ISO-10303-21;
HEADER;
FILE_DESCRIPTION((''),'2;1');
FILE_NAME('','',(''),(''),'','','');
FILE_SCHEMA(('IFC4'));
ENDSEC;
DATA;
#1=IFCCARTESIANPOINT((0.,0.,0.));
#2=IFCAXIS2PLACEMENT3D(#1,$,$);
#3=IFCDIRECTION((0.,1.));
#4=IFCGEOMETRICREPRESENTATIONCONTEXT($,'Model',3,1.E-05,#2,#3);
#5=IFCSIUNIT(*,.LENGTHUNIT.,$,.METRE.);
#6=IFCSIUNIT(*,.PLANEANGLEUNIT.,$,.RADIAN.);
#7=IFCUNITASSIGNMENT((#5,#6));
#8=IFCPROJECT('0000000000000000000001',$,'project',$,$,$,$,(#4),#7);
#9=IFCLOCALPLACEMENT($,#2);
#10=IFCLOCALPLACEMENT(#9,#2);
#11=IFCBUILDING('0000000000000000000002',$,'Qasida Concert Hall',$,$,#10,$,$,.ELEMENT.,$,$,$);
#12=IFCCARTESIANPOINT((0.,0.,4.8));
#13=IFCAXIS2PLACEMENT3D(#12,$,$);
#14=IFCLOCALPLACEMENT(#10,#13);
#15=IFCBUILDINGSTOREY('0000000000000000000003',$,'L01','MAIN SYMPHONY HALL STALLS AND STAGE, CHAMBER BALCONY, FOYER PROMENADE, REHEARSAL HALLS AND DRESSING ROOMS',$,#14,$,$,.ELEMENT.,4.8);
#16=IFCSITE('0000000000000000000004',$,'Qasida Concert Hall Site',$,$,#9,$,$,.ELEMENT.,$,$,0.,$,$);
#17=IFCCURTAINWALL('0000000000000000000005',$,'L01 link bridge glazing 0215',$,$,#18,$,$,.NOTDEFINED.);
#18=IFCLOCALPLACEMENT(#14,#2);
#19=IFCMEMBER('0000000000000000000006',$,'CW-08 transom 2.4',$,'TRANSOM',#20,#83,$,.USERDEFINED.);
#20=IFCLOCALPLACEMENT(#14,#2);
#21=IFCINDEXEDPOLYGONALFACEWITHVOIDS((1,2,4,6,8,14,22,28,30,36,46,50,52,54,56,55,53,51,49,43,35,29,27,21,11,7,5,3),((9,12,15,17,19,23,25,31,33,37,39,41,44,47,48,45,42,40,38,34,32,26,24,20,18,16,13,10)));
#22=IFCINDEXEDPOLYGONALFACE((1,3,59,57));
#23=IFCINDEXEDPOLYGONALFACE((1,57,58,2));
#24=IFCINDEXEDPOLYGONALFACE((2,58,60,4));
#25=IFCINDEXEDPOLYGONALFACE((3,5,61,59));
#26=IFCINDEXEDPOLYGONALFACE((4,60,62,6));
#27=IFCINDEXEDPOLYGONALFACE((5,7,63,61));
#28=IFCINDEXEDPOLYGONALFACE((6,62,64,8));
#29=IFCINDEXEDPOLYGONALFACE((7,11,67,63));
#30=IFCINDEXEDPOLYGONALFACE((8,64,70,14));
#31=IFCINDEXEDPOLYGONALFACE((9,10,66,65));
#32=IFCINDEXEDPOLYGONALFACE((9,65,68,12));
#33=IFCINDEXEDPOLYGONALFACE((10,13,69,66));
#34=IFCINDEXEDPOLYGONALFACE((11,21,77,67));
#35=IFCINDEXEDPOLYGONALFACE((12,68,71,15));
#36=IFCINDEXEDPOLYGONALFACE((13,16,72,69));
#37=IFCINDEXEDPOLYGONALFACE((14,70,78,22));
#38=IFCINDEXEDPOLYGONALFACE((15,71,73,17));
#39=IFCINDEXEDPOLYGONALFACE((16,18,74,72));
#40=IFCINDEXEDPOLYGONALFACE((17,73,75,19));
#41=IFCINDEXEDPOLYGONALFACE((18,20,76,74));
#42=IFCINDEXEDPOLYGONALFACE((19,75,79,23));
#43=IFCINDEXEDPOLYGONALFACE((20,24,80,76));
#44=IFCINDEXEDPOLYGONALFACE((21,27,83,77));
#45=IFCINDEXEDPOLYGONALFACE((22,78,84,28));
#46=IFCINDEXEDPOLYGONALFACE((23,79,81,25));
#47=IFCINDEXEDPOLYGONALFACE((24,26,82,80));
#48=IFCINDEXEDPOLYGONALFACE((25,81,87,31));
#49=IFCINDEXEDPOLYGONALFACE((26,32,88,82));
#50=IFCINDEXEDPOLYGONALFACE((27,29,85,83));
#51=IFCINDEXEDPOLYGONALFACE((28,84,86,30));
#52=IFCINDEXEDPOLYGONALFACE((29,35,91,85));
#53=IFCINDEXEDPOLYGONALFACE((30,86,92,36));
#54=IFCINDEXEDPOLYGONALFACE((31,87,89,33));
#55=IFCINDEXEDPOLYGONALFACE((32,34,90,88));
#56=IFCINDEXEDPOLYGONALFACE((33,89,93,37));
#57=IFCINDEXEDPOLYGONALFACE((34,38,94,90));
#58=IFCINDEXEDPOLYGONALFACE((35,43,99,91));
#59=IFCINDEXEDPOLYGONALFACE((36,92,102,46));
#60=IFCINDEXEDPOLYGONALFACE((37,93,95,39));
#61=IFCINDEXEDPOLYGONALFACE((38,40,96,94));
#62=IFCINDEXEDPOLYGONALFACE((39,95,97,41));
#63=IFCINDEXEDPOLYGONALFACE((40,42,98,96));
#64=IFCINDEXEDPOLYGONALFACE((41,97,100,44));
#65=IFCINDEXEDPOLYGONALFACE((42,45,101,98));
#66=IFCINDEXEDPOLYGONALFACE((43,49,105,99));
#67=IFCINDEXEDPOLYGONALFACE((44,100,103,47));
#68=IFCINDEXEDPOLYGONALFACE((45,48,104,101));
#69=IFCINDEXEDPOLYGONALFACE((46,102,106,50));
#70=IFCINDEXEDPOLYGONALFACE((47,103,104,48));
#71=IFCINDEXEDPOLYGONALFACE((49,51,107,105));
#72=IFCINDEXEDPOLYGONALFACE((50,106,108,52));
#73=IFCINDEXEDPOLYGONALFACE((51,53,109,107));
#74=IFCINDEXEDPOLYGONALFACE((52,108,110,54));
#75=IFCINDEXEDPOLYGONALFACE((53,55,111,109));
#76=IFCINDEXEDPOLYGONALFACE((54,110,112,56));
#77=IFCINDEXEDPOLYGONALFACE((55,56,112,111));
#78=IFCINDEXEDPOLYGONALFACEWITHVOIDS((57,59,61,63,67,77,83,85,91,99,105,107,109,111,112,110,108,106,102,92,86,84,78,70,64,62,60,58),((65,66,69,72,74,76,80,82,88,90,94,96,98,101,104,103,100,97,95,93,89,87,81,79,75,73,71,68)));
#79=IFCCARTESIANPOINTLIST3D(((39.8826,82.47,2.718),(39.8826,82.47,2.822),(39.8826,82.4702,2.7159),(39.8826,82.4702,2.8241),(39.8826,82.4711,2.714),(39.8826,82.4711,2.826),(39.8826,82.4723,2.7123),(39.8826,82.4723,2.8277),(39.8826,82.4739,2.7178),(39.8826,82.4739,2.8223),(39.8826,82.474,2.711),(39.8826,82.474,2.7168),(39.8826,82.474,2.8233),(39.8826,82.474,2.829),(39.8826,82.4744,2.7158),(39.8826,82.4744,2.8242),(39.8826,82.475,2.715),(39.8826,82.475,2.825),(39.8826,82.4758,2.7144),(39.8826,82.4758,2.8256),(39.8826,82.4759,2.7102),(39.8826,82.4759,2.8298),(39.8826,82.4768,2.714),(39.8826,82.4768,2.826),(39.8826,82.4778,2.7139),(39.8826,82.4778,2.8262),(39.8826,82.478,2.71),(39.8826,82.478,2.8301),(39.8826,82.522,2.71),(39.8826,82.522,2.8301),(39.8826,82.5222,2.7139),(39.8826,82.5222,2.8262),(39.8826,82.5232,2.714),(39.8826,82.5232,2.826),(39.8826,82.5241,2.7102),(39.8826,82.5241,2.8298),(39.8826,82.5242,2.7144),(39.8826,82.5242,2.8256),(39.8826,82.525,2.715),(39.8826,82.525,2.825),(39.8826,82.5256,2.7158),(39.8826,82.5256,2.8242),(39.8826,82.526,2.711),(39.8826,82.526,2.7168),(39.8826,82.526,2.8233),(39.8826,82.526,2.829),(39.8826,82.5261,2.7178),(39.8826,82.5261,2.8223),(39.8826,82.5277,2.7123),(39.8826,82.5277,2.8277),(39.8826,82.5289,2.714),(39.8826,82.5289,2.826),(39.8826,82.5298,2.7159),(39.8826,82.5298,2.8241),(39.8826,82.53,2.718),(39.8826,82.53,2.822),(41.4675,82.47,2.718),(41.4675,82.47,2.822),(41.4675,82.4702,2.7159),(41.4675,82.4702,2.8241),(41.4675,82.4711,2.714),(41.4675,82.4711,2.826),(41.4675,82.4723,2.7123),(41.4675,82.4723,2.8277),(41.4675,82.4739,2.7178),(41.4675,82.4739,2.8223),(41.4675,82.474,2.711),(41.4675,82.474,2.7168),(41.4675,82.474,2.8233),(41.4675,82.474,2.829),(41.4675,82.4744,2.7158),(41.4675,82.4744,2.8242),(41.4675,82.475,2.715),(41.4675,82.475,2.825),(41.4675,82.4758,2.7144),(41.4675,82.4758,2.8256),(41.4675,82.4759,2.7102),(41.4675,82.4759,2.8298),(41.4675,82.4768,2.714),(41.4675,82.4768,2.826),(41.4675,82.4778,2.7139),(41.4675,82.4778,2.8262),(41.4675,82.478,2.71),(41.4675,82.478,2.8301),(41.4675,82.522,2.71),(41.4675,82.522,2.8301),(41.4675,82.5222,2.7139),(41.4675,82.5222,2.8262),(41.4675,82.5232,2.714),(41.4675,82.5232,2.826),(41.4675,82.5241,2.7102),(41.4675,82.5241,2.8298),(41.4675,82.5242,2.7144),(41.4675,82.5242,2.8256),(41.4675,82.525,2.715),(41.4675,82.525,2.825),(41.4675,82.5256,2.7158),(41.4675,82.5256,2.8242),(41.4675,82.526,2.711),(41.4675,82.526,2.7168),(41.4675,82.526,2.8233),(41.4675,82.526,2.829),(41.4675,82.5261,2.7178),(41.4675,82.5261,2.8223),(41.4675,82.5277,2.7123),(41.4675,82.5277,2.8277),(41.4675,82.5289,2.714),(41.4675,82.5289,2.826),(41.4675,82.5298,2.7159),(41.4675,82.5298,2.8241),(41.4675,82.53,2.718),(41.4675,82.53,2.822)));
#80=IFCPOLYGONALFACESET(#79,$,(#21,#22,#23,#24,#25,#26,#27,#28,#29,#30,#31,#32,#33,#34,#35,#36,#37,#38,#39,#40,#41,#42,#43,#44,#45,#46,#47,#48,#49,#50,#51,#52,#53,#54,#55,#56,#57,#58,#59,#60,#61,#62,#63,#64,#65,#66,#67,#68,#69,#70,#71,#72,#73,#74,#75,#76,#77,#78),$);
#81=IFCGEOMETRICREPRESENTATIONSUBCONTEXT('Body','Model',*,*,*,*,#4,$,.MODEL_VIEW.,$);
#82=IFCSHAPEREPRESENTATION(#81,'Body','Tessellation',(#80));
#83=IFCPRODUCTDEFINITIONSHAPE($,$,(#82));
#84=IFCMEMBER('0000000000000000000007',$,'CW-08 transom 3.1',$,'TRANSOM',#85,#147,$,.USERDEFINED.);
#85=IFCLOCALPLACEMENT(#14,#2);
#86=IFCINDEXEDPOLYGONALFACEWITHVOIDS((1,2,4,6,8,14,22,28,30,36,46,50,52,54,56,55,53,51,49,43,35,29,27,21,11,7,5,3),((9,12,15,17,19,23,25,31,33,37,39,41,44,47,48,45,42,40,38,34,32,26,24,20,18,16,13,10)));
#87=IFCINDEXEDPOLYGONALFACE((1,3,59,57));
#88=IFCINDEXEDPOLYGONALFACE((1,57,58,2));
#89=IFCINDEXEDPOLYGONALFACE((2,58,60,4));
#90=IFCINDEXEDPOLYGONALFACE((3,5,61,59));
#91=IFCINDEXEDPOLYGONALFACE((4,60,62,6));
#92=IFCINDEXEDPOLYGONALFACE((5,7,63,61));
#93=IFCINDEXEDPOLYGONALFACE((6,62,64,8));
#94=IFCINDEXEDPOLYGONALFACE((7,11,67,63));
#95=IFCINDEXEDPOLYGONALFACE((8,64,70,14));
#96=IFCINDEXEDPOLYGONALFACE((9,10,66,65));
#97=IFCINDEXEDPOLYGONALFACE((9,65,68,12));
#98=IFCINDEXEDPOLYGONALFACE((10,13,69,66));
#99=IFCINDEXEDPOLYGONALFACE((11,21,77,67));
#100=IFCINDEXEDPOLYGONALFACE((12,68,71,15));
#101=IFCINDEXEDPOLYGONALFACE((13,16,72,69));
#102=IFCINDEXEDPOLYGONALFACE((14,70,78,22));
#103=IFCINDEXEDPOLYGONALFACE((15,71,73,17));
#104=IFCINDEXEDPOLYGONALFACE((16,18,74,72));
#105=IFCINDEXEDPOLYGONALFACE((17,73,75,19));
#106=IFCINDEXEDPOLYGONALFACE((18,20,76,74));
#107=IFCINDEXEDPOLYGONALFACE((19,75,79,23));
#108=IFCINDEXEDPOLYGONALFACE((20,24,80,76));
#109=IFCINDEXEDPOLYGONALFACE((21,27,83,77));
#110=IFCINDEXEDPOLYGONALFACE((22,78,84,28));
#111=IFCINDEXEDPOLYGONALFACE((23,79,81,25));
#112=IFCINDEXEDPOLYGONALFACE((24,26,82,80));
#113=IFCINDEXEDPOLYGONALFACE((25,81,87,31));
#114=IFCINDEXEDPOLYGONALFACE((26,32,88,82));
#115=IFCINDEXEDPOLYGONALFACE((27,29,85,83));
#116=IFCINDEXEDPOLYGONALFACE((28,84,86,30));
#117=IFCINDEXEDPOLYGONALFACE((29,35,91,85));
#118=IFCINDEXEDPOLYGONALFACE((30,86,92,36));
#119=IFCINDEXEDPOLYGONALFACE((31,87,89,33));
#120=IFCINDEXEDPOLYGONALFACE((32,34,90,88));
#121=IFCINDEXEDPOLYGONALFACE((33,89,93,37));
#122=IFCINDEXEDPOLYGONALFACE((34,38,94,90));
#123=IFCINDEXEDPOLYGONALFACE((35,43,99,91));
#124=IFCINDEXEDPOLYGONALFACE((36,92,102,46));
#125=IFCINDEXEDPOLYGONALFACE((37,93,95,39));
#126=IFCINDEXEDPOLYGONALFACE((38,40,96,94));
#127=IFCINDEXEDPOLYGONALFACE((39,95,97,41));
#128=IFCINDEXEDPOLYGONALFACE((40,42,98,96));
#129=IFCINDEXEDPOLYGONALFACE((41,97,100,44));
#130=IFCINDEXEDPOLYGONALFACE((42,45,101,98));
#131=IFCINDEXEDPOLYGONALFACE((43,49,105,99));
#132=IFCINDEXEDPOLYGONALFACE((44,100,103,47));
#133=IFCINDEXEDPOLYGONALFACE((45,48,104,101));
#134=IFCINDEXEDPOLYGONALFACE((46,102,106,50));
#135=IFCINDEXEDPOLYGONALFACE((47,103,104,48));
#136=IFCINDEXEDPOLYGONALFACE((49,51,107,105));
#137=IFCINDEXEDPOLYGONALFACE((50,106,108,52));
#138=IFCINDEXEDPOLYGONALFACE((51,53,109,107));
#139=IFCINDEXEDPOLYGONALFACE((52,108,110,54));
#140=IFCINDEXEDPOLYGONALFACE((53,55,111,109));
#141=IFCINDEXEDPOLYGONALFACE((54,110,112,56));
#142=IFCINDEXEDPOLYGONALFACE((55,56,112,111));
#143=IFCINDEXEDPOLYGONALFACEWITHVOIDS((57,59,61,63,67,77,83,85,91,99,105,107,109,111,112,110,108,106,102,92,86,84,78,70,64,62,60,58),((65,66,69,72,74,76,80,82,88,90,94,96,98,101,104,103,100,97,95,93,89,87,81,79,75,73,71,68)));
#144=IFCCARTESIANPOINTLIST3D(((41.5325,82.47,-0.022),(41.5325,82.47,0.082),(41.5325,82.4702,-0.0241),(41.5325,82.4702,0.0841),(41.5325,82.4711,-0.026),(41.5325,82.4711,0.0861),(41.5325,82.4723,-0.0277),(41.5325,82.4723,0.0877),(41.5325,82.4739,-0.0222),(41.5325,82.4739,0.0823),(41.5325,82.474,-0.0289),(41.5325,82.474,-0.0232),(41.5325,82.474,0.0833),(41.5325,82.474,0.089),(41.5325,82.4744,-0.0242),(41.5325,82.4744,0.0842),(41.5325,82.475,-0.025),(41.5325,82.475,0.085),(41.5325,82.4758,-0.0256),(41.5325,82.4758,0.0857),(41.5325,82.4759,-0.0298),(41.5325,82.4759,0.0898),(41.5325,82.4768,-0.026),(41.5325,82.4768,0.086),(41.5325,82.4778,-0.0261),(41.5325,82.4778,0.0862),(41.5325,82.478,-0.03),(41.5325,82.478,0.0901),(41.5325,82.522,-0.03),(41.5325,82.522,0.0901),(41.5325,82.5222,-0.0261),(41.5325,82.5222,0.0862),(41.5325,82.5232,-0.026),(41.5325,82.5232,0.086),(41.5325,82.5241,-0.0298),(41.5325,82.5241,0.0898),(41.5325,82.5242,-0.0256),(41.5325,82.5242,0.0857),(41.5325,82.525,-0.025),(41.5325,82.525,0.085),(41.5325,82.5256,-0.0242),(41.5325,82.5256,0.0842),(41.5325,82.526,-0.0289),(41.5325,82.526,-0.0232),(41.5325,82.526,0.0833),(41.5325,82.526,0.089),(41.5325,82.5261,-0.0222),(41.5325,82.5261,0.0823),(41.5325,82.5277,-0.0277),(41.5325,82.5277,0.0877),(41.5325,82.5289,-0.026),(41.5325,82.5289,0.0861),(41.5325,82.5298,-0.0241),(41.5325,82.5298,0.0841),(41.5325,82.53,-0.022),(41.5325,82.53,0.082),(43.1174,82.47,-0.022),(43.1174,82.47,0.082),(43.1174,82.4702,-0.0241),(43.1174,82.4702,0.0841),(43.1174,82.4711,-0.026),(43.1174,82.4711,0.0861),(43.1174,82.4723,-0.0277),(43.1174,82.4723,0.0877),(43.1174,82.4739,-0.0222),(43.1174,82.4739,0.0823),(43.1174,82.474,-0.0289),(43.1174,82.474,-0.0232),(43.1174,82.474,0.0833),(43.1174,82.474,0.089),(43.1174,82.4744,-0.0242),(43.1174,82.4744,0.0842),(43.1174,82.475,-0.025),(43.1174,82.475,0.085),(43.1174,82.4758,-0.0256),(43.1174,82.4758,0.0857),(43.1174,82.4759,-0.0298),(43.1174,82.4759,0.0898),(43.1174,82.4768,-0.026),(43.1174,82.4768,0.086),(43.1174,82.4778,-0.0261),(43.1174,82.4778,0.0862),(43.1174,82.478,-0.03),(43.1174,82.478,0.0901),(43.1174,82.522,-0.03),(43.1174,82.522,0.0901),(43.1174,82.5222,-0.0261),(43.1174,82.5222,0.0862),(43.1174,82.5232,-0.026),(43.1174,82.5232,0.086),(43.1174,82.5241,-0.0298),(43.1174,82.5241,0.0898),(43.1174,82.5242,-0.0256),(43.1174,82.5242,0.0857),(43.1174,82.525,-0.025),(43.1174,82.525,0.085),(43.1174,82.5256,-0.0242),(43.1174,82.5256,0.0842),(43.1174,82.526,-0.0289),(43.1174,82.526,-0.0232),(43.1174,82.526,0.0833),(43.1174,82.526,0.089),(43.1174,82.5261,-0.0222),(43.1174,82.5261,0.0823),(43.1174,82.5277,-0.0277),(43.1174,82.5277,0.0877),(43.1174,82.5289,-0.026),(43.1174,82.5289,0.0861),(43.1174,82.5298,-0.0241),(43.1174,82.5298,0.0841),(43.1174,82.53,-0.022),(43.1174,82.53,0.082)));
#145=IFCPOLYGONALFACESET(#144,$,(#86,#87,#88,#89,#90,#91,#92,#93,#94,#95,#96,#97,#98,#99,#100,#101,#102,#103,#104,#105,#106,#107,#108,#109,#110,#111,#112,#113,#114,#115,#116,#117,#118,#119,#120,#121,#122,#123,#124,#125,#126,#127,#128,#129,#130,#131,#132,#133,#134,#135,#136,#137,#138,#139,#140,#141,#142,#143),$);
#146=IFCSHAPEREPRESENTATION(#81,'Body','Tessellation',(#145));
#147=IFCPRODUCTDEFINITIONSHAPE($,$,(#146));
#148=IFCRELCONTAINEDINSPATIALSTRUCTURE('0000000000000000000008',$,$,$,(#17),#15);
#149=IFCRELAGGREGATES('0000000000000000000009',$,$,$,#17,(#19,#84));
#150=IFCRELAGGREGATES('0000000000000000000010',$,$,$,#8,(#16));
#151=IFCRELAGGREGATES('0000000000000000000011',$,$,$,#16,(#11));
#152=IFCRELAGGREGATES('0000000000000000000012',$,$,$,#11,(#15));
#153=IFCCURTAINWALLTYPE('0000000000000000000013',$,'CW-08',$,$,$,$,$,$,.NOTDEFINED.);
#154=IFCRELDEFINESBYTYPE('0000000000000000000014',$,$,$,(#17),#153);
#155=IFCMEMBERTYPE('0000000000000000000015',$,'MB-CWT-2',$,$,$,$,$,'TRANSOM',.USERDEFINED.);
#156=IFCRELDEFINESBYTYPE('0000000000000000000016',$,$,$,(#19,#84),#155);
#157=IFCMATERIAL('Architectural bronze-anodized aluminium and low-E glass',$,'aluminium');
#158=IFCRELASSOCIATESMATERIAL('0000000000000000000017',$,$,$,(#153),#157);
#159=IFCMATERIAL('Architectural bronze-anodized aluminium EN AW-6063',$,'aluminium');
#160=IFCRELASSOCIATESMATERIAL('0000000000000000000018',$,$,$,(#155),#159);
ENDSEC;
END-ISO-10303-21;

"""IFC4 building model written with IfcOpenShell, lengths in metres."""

from ifc_helpers import new_model, si_unit, direction, frame, origin, origin_2d, place, context, subcontext, project, spatial, hollow_rectangle, extrude, material, material_profile, profile_set, type_object, element, aggregate, save


model = new_model("IFC4")

# Units and contexts
model_context = context("Model", 3, precision=1e-05, world=origin(), true_north=direction((0.0, 1.0)))
body_context = subcontext(model_context, "Body", "Model", "MODEL_VIEW")
ifc_project = project(units=[si_unit("LENGTHUNIT", "METRE"), si_unit("PLANEANGLEUNIT", "RADIAN")], contexts=[model_context])

# Site, building, storey
site_placement = place(None, origin())
site = spatial("IfcSite", under=ifc_project, at=site_placement, Name="Qasida Concert Hall Site", CompositionType="ELEMENT", RefElevation=0.0)
building_placement = place(site_placement, origin())
building = spatial("IfcBuilding", under=site, at=building_placement, Name="Qasida Concert Hall", CompositionType="ELEMENT")
storey_placement = place(building_placement, frame((0.0, 0.0, 4.8)))
storey = spatial("IfcBuildingStorey", under=building, at=storey_placement, Name="L01", Description="MAIN SYMPHONY HALL STALLS AND STAGE, CHAMBER BALCONY, FOYER PROMENADE, REHEARSAL HALLS AND DRESSING ROOMS", CompositionType="ELEMENT", Elevation=4.8)

# Curtain wall, members
ifc_material_1 = material(Name="Architectural bronze-anodized aluminium and low-E glass", Category="aluminium")
curtain_wall_type = type_object("IfcCurtainWallType", Name="CW-08", PredefinedType="NOTDEFINED", material=ifc_material_1)
curtain_wall_placement = place(storey_placement, origin())
curtain_wall = element("IfcCurtainWall", 1, at=curtain_wall_placement, inside=storey, type_object=curtain_wall_type, Name="L01 link bridge glazing 0215", PredefinedType="NOTDEFINED")
ifc_material_2 = material(Name="Architectural bronze-anodized aluminium EN AW-6063", Category="aluminium")
ifc_material_profile_1 = material_profile(ifc_material_2, hollow_rectangle(XDim=0.0601, YDim=0.1201, WallThickness=0.0039, InnerFilletRadius=0.0039, OuterFilletRadius=0.0081, at=origin_2d()), Name="CWT 120x60x4")
ifc_profile_set_1 = profile_set([ifc_material_profile_1], Name="Architectural bronze-anodized aluminium EN AW-6063")
member_type_1 = type_object("IfcMemberType", Name="MB-CWT-2", ElementType="TRANSOM", PredefinedType="USERDEFINED", material=ifc_profile_set_1)
member_1_placement = place(storey_placement, frame((39.8826, 82.5, 2.77), z_axis=(1.0, 0.0, 0.0), x_axis=(0.0, 1.0, 0.0)))
member_1 = element("IfcMember", 2, at=member_1_placement, type_object=member_type_1, Name="CW-08 transom 2.4", ObjectType="TRANSOM", PredefinedType="USERDEFINED", context=body_context, shape_type="SweptSolid", body=[
    extrude(hollow_rectangle(XDim=0.0601, YDim=0.1201, WallThickness=0.0039, InnerFilletRadius=0.0039, OuterFilletRadius=0.0081, at=origin_2d()), origin(), (0.0, 0.0, 1.0), 1.585),
])
member_2_placement = place(storey_placement, frame((41.5325, 82.5, 0.03), z_axis=(1.0, 0.0, 0.0), x_axis=(0.0, 1.0, 0.0)))
member_2 = element("IfcMember", 3, at=member_2_placement, type_object=member_type_1, Name="CW-08 transom 3.1", ObjectType="TRANSOM", PredefinedType="USERDEFINED", context=body_context, shape_type="SweptSolid", body=[
    extrude(hollow_rectangle(XDim=0.0601, YDim=0.1201, WallThickness=0.0039, InnerFilletRadius=0.0039, OuterFilletRadius=0.0081, at=origin_2d()), origin(), (0.0, 0.0, 1.0), 1.585),
])
aggregate(curtain_wall, [member_1, member_2])

save(model, "model.ifc")
